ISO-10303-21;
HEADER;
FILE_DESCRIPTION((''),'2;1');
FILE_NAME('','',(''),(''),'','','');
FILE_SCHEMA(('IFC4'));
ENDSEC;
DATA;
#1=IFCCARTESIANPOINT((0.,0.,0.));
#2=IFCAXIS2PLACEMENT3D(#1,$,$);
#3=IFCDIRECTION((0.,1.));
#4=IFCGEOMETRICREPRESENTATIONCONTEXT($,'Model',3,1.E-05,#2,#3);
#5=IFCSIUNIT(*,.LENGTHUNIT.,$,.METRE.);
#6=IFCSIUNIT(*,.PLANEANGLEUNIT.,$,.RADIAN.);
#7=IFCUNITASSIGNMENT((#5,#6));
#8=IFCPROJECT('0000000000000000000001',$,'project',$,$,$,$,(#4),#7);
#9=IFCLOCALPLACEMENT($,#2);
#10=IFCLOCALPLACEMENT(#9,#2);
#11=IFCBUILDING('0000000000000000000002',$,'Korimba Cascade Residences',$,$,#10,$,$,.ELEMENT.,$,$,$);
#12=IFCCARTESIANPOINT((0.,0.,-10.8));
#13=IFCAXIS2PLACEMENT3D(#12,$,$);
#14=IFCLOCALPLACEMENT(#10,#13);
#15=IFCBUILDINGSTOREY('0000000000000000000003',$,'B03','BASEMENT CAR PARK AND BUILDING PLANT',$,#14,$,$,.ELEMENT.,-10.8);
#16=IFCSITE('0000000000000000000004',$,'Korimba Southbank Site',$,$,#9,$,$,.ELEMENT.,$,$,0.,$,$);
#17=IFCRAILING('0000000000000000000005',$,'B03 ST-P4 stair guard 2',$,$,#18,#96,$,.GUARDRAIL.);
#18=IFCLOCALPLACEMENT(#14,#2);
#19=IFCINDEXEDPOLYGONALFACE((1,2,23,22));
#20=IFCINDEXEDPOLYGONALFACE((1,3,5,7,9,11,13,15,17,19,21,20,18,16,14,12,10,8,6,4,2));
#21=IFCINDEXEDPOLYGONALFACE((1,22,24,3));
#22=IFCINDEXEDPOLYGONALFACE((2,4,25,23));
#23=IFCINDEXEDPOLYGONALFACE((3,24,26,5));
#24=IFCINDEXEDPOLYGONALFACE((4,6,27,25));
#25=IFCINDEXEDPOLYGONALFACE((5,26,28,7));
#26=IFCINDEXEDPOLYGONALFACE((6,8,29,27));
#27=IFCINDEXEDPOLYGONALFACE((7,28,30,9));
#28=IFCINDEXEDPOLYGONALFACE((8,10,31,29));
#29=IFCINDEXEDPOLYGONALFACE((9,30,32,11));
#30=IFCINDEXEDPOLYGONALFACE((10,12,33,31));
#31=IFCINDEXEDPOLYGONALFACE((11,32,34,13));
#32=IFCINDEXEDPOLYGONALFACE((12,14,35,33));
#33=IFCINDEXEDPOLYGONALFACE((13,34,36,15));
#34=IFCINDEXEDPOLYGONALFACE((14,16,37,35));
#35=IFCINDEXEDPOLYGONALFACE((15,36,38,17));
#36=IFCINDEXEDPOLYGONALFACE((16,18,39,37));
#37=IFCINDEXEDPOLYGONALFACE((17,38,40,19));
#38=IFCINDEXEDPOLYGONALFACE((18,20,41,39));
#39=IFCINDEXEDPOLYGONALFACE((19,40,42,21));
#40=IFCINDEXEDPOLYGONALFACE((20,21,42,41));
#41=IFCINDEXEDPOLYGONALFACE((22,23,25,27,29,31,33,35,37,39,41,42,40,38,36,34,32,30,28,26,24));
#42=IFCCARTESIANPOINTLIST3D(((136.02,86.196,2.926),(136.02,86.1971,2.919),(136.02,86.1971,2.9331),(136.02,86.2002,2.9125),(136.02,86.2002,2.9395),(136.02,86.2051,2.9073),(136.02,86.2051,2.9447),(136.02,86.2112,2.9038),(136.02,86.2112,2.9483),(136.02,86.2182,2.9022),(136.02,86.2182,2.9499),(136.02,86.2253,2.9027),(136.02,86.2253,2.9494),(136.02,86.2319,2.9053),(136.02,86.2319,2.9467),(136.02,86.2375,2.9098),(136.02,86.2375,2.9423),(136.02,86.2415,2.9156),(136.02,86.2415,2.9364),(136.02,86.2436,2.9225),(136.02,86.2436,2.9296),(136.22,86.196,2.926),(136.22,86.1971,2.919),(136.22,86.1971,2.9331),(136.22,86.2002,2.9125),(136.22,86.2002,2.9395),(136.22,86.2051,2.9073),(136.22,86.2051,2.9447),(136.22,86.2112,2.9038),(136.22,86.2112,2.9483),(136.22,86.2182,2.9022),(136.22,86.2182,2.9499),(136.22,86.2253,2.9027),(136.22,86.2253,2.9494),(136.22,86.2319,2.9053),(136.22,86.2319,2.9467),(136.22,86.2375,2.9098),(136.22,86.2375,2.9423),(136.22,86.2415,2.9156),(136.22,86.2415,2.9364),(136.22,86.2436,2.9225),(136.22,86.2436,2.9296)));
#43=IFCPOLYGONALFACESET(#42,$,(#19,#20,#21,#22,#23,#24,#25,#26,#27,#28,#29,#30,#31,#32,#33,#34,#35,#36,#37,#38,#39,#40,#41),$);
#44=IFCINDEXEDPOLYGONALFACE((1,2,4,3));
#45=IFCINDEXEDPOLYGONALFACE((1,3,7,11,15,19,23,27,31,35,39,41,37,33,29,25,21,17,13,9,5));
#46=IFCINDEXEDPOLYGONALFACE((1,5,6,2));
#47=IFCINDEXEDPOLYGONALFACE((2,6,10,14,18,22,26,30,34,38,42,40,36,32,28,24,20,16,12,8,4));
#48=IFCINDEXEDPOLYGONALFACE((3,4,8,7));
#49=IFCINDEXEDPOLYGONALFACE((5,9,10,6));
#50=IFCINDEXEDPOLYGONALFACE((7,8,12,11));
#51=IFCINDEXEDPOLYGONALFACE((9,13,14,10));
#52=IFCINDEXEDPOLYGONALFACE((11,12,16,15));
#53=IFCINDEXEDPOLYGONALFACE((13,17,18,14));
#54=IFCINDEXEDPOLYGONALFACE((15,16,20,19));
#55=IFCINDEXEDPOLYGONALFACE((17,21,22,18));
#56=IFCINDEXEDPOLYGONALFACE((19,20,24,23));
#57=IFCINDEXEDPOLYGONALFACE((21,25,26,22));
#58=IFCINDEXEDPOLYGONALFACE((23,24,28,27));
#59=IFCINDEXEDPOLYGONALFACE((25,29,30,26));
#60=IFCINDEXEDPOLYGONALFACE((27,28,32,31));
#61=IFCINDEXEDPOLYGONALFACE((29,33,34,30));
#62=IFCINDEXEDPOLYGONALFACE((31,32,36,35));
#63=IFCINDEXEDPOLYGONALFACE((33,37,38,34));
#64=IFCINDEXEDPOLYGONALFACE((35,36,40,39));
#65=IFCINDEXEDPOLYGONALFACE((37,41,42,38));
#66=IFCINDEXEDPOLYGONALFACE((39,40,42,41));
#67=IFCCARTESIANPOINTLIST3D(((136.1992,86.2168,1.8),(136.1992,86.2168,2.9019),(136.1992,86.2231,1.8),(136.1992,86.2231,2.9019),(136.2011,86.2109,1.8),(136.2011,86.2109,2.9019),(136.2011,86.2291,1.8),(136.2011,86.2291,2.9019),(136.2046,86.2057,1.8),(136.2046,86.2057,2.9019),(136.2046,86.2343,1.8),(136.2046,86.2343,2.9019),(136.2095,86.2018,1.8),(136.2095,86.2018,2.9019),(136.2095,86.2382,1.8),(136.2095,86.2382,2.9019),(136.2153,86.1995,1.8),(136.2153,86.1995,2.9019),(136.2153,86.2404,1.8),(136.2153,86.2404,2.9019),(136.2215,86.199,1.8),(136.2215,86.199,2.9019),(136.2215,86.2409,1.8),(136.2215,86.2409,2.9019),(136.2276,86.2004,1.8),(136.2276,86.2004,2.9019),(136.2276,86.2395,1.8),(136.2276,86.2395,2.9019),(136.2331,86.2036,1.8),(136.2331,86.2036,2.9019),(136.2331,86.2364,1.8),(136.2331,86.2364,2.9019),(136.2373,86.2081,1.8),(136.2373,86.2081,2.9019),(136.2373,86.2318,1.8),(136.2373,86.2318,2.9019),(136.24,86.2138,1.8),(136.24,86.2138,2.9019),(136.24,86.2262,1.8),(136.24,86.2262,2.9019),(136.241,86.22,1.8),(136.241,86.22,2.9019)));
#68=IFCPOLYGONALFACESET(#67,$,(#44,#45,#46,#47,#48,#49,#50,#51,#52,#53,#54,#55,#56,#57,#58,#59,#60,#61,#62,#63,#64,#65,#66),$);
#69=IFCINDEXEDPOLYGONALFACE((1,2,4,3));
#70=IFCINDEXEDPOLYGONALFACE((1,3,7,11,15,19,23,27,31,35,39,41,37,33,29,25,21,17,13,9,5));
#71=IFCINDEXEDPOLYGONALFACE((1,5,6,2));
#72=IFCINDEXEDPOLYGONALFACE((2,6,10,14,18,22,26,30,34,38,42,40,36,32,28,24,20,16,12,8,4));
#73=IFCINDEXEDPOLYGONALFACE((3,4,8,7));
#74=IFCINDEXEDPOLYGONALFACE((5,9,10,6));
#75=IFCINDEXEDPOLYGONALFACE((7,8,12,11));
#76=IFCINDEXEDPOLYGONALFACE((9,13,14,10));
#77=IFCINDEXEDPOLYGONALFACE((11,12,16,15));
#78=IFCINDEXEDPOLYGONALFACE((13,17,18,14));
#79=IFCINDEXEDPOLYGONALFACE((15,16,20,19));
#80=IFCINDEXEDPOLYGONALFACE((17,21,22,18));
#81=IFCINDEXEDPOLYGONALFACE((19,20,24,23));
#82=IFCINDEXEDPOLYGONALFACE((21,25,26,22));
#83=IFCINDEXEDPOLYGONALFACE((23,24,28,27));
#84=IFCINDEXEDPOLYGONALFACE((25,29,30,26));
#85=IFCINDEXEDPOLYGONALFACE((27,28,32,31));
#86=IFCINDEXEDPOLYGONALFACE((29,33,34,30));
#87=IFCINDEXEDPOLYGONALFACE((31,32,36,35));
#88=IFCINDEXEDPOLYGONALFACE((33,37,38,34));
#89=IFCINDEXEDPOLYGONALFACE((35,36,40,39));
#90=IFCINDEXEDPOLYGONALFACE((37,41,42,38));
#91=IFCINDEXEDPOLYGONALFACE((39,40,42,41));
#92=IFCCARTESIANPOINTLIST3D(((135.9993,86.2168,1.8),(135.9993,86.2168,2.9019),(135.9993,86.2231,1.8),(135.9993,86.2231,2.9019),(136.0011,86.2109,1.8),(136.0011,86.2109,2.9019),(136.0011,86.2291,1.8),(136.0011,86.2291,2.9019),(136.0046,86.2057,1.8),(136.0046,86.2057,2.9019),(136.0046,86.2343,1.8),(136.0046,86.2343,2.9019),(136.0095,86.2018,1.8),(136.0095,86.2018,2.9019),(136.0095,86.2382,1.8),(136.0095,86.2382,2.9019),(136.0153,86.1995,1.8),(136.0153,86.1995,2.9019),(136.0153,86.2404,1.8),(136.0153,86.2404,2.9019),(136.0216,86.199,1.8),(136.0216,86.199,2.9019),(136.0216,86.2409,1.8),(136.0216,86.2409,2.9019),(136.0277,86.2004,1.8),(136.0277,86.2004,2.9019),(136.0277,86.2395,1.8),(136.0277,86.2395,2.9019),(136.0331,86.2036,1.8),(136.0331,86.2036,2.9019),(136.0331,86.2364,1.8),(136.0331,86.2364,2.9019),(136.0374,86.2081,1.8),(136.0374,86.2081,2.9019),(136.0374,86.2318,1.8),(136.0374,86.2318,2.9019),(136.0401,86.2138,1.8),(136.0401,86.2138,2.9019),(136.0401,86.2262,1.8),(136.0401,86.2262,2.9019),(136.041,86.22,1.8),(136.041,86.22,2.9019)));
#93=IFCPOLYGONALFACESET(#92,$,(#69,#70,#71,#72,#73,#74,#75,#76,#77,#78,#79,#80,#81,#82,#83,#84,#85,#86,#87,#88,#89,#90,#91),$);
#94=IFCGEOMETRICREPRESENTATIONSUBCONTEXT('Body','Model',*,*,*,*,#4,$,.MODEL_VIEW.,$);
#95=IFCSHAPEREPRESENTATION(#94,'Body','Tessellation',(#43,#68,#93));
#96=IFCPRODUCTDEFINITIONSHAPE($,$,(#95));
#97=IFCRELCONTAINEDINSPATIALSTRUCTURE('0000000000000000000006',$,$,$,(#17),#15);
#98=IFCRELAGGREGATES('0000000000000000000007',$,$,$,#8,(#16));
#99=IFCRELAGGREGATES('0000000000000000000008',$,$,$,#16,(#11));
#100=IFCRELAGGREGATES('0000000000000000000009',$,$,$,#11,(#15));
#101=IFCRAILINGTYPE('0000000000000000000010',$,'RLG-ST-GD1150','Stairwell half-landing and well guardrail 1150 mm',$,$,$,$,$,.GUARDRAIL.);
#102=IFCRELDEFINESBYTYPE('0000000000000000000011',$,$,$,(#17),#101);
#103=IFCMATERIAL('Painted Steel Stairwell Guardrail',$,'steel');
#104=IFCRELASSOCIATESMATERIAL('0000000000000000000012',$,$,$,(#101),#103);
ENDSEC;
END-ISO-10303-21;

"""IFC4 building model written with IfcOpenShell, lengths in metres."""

from ifc_helpers import new_model, si_unit, direction, frame, origin, origin_2d, place, context, subcontext, project, spatial, circle, extrude, material, type_object, element, save


model = new_model("IFC4")

# Units and contexts
model_context = context("Model", 3, precision=1e-05, world=origin(), true_north=direction((0.0, 1.0)))
body_context = subcontext(model_context, "Body", "Model", "MODEL_VIEW")
ifc_project = project(units=[si_unit("LENGTHUNIT", "METRE"), si_unit("PLANEANGLEUNIT", "RADIAN")], contexts=[model_context])

# Site, building, storey
site_placement = place(None, origin())
site = spatial("IfcSite", under=ifc_project, at=site_placement, Name="Korimba Southbank Site", CompositionType="ELEMENT", RefElevation=0.0)
building_placement = place(site_placement, origin())
building = spatial("IfcBuilding", under=site, at=building_placement, Name="Korimba Cascade Residences", CompositionType="ELEMENT")
storey_placement = place(building_placement, frame((0.0, 0.0, -10.8)))
storey = spatial("IfcBuildingStorey", under=building, at=storey_placement, Name="B03", Description="BASEMENT CAR PARK AND BUILDING PLANT", CompositionType="ELEMENT", Elevation=-10.8)

# Railing
ifc_material_1 = material(Name="Painted Steel Stairwell Guardrail", Category="steel")
railing_type_1 = type_object("IfcRailingType", Name="RLG-ST-GD1150", Description="Stairwell half-landing and well guardrail 1150 mm", PredefinedType="GUARDRAIL", material=ifc_material_1)
railing_1_placement = place(storey_placement, frame((136.22, 86.22, 1.8)))
element("IfcRailing", 1, at=railing_1_placement, inside=storey, type_object=railing_type_1, Name="B03 ST-P4 stair guard 2", PredefinedType="GUARDRAIL", context=body_context, shape_type="SweptSolid", body=[
    extrude(circle(Radius=0.0239, at=origin_2d()), frame((0.0, 0.0, 1.126), z_axis=(-1.0, 0.0, 0.0), x_axis=(0.0, -1.0, 0.0)), (0.0, 0.0, 1.0), 0.2),
    extrude(circle(Radius=0.021, at=origin_2d()), origin(), (0.0, 0.0, 1.0), 1.1018),
    extrude(circle(Radius=0.021, at=origin_2d()), frame((-0.2, 0.0, 0.0)), (0.0, 0.0, 1.0), 1.1018),
])

save(model, "model.ifc")
